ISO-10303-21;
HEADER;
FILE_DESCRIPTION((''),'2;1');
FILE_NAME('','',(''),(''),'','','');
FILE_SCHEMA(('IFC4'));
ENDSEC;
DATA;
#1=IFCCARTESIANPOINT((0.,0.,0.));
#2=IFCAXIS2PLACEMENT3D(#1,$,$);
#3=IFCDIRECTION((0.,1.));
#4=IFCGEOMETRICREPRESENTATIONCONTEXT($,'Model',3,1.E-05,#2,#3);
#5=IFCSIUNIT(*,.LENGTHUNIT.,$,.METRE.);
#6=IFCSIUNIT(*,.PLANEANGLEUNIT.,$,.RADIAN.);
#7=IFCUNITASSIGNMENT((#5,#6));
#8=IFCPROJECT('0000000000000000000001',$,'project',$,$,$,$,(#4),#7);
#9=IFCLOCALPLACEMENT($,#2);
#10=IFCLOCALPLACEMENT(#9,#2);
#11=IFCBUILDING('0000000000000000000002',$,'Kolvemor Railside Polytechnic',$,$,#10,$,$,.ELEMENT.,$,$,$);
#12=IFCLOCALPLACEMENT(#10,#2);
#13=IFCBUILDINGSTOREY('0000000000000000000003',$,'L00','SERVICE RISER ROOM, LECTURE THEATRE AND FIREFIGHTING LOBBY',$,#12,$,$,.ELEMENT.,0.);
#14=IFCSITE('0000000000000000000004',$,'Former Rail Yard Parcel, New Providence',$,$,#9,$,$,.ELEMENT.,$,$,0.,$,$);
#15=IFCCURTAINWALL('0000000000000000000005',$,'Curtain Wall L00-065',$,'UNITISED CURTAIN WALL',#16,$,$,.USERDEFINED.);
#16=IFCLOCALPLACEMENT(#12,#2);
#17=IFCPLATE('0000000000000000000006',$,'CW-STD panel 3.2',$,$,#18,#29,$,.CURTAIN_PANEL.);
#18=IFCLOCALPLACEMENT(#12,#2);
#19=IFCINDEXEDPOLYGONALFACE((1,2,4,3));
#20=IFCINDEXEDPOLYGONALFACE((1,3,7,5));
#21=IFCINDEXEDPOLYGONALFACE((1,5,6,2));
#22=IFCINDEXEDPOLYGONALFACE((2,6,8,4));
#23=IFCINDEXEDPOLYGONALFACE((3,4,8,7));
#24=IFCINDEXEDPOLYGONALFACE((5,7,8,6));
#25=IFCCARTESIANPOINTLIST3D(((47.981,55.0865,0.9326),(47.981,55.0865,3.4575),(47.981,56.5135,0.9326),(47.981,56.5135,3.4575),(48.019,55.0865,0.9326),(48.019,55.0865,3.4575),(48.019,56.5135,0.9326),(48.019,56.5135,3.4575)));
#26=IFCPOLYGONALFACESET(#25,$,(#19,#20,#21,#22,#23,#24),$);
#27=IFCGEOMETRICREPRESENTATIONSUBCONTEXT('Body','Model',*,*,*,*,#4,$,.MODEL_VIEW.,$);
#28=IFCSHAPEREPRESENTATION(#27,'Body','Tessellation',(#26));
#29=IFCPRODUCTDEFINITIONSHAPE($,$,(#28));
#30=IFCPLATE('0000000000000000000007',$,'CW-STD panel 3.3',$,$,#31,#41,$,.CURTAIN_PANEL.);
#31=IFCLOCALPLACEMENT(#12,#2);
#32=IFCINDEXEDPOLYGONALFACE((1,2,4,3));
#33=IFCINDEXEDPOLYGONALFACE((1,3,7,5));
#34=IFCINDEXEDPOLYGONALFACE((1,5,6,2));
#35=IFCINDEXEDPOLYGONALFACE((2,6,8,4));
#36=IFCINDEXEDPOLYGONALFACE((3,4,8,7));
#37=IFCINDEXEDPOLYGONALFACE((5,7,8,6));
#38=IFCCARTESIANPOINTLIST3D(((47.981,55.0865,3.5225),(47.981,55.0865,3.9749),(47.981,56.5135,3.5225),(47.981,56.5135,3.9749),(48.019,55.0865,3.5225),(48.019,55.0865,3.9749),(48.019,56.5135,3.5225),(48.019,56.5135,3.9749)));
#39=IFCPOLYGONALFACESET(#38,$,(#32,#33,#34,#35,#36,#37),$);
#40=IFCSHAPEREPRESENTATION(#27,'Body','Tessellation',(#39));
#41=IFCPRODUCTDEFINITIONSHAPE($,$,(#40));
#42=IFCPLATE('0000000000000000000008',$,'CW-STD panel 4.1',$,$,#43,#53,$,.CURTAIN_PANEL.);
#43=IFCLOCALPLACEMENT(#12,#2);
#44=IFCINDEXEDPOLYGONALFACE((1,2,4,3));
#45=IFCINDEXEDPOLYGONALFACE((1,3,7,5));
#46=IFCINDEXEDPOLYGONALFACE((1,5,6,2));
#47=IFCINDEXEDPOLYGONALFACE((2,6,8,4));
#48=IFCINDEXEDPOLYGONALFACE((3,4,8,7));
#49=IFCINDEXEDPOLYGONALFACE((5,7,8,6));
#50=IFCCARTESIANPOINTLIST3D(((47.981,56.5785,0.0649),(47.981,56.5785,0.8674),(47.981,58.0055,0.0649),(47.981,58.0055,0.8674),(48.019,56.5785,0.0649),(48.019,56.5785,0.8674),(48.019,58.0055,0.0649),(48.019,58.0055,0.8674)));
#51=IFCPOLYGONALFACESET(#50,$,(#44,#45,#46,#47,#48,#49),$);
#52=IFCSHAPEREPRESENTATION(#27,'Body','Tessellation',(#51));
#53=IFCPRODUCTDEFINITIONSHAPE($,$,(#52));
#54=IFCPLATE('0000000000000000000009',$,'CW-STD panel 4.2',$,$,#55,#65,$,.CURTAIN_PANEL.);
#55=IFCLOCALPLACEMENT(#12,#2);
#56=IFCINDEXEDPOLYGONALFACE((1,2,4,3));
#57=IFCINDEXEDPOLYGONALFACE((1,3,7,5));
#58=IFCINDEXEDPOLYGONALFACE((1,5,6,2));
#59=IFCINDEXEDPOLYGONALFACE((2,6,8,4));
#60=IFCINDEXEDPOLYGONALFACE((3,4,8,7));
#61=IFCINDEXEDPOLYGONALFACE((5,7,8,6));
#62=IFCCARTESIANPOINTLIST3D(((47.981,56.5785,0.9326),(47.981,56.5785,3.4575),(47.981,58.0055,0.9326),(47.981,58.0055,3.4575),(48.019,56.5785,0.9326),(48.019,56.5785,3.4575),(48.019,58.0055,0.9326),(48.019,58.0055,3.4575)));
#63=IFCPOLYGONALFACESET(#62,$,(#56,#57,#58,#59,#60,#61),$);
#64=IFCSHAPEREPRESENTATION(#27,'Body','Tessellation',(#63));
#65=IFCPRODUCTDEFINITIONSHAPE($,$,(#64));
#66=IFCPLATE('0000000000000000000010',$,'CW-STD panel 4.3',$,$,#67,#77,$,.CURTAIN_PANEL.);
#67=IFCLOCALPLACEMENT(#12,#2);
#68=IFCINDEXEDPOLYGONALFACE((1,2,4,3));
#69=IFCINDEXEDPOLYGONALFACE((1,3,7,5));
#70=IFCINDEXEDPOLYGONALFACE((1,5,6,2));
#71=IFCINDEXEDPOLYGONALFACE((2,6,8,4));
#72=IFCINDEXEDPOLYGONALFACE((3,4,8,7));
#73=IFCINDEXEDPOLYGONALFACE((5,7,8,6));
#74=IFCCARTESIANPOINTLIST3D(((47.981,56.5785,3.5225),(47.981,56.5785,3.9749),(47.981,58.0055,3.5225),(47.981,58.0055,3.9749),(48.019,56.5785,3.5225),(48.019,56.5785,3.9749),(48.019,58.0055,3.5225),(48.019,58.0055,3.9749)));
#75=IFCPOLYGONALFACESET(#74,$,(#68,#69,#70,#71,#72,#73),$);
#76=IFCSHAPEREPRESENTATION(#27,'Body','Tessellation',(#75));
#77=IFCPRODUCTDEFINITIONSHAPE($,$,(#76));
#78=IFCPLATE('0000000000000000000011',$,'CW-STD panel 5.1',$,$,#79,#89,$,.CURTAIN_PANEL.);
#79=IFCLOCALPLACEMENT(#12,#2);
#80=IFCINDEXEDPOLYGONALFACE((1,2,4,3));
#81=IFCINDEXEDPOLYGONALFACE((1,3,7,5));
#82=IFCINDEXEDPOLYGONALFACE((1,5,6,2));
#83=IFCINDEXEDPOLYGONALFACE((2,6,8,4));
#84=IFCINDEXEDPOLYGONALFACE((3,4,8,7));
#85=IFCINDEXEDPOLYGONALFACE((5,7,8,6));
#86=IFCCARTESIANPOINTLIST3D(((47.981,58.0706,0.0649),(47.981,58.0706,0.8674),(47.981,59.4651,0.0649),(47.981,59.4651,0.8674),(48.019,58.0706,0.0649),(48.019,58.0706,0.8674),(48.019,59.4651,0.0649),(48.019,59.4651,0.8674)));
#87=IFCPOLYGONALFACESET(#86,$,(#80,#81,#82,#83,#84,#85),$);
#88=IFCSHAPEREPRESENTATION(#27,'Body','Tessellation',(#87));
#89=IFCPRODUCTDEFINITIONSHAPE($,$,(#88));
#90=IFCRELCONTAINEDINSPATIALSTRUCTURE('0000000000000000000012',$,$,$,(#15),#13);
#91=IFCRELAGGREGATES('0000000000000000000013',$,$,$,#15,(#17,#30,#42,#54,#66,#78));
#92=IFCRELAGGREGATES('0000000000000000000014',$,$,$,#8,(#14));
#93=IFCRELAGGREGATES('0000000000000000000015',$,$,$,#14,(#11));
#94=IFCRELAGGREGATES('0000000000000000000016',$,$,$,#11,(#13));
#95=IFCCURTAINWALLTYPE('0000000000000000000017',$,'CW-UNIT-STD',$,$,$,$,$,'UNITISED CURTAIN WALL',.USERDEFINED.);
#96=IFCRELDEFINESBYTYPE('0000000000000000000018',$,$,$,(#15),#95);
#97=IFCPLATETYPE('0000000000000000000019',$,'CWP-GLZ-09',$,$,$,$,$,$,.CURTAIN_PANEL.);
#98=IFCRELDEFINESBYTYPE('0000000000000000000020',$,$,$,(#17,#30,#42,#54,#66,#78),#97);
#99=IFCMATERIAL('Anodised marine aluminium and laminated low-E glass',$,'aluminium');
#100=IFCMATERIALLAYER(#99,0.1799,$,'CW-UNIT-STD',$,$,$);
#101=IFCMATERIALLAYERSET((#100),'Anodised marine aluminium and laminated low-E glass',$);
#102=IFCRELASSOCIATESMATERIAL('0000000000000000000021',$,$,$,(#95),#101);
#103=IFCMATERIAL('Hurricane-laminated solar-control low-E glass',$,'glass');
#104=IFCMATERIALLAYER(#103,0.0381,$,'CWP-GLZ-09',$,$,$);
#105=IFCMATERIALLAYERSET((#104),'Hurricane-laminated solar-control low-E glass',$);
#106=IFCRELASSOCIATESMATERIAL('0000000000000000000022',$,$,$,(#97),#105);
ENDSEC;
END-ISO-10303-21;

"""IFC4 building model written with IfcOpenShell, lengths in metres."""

from ifc_helpers import new_model, si_unit, direction, frame, origin, origin_2d, place, context, subcontext, project, spatial, rectangle, extrude, material, layer, layer_set, type_object, element, aggregate, save


model = new_model("IFC4")

# Units and contexts
model_context = context("Model", 3, precision=1e-05, world=origin(), true_north=direction((0.0, 1.0)))
body_context = subcontext(model_context, "Body", "Model", "MODEL_VIEW")
ifc_project = project(units=[si_unit("LENGTHUNIT", "METRE"), si_unit("PLANEANGLEUNIT", "RADIAN")], contexts=[model_context])

# Site, building, storey
site_placement = place(None, origin())
site = spatial("IfcSite", under=ifc_project, at=site_placement, Name="Former Rail Yard Parcel, New Providence", CompositionType="ELEMENT", RefElevation=0.0)
building_placement = place(site_placement, origin())
building = spatial("IfcBuilding", under=site, at=building_placement, Name="Kolvemor Railside Polytechnic", CompositionType="ELEMENT")
storey_placement = place(building_placement, origin())
storey = spatial("IfcBuildingStorey", under=building, at=storey_placement, Name="L00", Description="SERVICE RISER ROOM, LECTURE THEATRE AND FIREFIGHTING LOBBY", CompositionType="ELEMENT", Elevation=0.0)

# Curtain wall, plates
ifc_material_1 = material(Name="Anodised marine aluminium and laminated low-E glass", Category="aluminium")
ifc_layer_1 = layer(ifc_material_1, 0.1799, Name="CW-UNIT-STD")
ifc_layer_set_1 = layer_set([ifc_layer_1], Name="Anodised marine aluminium and laminated low-E glass")
curtain_wall_type = type_object("IfcCurtainWallType", Name="CW-UNIT-STD", ElementType="UNITISED CURTAIN WALL", PredefinedType="USERDEFINED", material=ifc_layer_set_1)
curtain_wall_placement = place(storey_placement, origin())
curtain_wall = element("IfcCurtainWall", 1, at=curtain_wall_placement, inside=storey, type_object=curtain_wall_type, Name="Curtain Wall L00-065", ObjectType="UNITISED CURTAIN WALL", PredefinedType="USERDEFINED")
ifc_material_2 = material(Name="Hurricane-laminated solar-control low-E glass", Category="glass")
ifc_layer_2 = layer(ifc_material_2, 0.0381, Name="CWP-GLZ-09")
ifc_layer_set_2 = layer_set([ifc_layer_2], Name="Hurricane-laminated solar-control low-E glass")
plate_type = type_object("IfcPlateType", Name="CWP-GLZ-09", PredefinedType="CURTAIN_PANEL", material=ifc_layer_set_2)
plate_1_placement = place(storey_placement, frame((48.0, 55.8, 0.9326), z_axis=(0.0, 0.0, 1.0), x_axis=(0.0, 1.0, 0.0)))
plate_1 = element("IfcPlate", 2, at=plate_1_placement, type_object=plate_type, Name="CW-STD panel 3.2", PredefinedType="CURTAIN_PANEL", context=body_context, shape_type="SweptSolid", body=[
    extrude(rectangle(XDim=1.427, YDim=0.0381, at=origin_2d()), origin(), (0.0, 0.0, 1.0), 2.5249),
])
plate_2_placement = place(storey_placement, frame((48.0, 55.8, 3.5225), z_axis=(0.0, 0.0, 1.0), x_axis=(0.0, 1.0, 0.0)))
plate_2 = element("IfcPlate", 3, at=plate_2_placement, type_object=plate_type, Name="CW-STD panel 3.3", PredefinedType="CURTAIN_PANEL", context=body_context, shape_type="SweptSolid", body=[
    extrude(rectangle(XDim=1.427, YDim=0.0381, at=origin_2d()), origin(), (0.0, 0.0, 1.0), 0.4524),
])
plate_3_placement = place(storey_placement, frame((48.0, 57.292, 0.0649), z_axis=(0.0, 0.0, 1.0), x_axis=(0.0, 1.0, 0.0)))
plate_3 = element("IfcPlate", 4, at=plate_3_placement, type_object=plate_type, Name="CW-STD panel 4.1", PredefinedType="CURTAIN_PANEL", context=body_context, shape_type="SweptSolid", body=[
    extrude(rectangle(XDim=1.427, YDim=0.0381, at=origin_2d()), origin(), (0.0, 0.0, 1.0), 0.8025),
])
plate_4_placement = place(storey_placement, frame((48.0, 57.292, 0.9326), z_axis=(0.0, 0.0, 1.0), x_axis=(0.0, 1.0, 0.0)))
plate_4 = element("IfcPlate", 5, at=plate_4_placement, type_object=plate_type, Name="CW-STD panel 4.2", PredefinedType="CURTAIN_PANEL", context=body_context, shape_type="SweptSolid", body=[
    extrude(rectangle(XDim=1.427, YDim=0.0381, at=origin_2d()), origin(), (0.0, 0.0, 1.0), 2.5249),
])
plate_5_placement = place(storey_placement, frame((48.0, 57.292, 3.5225), z_axis=(0.0, 0.0, 1.0), x_axis=(0.0, 1.0, 0.0)))
plate_5 = element("IfcPlate", 6, at=plate_5_placement, type_object=plate_type, Name="CW-STD panel 4.3", PredefinedType="CURTAIN_PANEL", context=body_context, shape_type="SweptSolid", body=[
    extrude(rectangle(XDim=1.427, YDim=0.0381, at=origin_2d()), origin(), (0.0, 0.0, 1.0), 0.4524),
])
plate_6_placement = place(storey_placement, frame((48.0, 58.7678, 0.0649), z_axis=(0.0, 0.0, 1.0), x_axis=(0.0, 1.0, 0.0)))
plate_6 = element("IfcPlate", 7, at=plate_6_placement, type_object=plate_type, Name="CW-STD panel 5.1", PredefinedType="CURTAIN_PANEL", context=body_context, shape_type="SweptSolid", body=[
    extrude(rectangle(XDim=1.3945, YDim=0.0381, at=origin_2d()), origin(), (0.0, 0.0, 1.0), 0.8025),
])
aggregate(curtain_wall, [plate_1, plate_2, plate_3, plate_4, plate_5, plate_6])

save(model, "model.ifc")
